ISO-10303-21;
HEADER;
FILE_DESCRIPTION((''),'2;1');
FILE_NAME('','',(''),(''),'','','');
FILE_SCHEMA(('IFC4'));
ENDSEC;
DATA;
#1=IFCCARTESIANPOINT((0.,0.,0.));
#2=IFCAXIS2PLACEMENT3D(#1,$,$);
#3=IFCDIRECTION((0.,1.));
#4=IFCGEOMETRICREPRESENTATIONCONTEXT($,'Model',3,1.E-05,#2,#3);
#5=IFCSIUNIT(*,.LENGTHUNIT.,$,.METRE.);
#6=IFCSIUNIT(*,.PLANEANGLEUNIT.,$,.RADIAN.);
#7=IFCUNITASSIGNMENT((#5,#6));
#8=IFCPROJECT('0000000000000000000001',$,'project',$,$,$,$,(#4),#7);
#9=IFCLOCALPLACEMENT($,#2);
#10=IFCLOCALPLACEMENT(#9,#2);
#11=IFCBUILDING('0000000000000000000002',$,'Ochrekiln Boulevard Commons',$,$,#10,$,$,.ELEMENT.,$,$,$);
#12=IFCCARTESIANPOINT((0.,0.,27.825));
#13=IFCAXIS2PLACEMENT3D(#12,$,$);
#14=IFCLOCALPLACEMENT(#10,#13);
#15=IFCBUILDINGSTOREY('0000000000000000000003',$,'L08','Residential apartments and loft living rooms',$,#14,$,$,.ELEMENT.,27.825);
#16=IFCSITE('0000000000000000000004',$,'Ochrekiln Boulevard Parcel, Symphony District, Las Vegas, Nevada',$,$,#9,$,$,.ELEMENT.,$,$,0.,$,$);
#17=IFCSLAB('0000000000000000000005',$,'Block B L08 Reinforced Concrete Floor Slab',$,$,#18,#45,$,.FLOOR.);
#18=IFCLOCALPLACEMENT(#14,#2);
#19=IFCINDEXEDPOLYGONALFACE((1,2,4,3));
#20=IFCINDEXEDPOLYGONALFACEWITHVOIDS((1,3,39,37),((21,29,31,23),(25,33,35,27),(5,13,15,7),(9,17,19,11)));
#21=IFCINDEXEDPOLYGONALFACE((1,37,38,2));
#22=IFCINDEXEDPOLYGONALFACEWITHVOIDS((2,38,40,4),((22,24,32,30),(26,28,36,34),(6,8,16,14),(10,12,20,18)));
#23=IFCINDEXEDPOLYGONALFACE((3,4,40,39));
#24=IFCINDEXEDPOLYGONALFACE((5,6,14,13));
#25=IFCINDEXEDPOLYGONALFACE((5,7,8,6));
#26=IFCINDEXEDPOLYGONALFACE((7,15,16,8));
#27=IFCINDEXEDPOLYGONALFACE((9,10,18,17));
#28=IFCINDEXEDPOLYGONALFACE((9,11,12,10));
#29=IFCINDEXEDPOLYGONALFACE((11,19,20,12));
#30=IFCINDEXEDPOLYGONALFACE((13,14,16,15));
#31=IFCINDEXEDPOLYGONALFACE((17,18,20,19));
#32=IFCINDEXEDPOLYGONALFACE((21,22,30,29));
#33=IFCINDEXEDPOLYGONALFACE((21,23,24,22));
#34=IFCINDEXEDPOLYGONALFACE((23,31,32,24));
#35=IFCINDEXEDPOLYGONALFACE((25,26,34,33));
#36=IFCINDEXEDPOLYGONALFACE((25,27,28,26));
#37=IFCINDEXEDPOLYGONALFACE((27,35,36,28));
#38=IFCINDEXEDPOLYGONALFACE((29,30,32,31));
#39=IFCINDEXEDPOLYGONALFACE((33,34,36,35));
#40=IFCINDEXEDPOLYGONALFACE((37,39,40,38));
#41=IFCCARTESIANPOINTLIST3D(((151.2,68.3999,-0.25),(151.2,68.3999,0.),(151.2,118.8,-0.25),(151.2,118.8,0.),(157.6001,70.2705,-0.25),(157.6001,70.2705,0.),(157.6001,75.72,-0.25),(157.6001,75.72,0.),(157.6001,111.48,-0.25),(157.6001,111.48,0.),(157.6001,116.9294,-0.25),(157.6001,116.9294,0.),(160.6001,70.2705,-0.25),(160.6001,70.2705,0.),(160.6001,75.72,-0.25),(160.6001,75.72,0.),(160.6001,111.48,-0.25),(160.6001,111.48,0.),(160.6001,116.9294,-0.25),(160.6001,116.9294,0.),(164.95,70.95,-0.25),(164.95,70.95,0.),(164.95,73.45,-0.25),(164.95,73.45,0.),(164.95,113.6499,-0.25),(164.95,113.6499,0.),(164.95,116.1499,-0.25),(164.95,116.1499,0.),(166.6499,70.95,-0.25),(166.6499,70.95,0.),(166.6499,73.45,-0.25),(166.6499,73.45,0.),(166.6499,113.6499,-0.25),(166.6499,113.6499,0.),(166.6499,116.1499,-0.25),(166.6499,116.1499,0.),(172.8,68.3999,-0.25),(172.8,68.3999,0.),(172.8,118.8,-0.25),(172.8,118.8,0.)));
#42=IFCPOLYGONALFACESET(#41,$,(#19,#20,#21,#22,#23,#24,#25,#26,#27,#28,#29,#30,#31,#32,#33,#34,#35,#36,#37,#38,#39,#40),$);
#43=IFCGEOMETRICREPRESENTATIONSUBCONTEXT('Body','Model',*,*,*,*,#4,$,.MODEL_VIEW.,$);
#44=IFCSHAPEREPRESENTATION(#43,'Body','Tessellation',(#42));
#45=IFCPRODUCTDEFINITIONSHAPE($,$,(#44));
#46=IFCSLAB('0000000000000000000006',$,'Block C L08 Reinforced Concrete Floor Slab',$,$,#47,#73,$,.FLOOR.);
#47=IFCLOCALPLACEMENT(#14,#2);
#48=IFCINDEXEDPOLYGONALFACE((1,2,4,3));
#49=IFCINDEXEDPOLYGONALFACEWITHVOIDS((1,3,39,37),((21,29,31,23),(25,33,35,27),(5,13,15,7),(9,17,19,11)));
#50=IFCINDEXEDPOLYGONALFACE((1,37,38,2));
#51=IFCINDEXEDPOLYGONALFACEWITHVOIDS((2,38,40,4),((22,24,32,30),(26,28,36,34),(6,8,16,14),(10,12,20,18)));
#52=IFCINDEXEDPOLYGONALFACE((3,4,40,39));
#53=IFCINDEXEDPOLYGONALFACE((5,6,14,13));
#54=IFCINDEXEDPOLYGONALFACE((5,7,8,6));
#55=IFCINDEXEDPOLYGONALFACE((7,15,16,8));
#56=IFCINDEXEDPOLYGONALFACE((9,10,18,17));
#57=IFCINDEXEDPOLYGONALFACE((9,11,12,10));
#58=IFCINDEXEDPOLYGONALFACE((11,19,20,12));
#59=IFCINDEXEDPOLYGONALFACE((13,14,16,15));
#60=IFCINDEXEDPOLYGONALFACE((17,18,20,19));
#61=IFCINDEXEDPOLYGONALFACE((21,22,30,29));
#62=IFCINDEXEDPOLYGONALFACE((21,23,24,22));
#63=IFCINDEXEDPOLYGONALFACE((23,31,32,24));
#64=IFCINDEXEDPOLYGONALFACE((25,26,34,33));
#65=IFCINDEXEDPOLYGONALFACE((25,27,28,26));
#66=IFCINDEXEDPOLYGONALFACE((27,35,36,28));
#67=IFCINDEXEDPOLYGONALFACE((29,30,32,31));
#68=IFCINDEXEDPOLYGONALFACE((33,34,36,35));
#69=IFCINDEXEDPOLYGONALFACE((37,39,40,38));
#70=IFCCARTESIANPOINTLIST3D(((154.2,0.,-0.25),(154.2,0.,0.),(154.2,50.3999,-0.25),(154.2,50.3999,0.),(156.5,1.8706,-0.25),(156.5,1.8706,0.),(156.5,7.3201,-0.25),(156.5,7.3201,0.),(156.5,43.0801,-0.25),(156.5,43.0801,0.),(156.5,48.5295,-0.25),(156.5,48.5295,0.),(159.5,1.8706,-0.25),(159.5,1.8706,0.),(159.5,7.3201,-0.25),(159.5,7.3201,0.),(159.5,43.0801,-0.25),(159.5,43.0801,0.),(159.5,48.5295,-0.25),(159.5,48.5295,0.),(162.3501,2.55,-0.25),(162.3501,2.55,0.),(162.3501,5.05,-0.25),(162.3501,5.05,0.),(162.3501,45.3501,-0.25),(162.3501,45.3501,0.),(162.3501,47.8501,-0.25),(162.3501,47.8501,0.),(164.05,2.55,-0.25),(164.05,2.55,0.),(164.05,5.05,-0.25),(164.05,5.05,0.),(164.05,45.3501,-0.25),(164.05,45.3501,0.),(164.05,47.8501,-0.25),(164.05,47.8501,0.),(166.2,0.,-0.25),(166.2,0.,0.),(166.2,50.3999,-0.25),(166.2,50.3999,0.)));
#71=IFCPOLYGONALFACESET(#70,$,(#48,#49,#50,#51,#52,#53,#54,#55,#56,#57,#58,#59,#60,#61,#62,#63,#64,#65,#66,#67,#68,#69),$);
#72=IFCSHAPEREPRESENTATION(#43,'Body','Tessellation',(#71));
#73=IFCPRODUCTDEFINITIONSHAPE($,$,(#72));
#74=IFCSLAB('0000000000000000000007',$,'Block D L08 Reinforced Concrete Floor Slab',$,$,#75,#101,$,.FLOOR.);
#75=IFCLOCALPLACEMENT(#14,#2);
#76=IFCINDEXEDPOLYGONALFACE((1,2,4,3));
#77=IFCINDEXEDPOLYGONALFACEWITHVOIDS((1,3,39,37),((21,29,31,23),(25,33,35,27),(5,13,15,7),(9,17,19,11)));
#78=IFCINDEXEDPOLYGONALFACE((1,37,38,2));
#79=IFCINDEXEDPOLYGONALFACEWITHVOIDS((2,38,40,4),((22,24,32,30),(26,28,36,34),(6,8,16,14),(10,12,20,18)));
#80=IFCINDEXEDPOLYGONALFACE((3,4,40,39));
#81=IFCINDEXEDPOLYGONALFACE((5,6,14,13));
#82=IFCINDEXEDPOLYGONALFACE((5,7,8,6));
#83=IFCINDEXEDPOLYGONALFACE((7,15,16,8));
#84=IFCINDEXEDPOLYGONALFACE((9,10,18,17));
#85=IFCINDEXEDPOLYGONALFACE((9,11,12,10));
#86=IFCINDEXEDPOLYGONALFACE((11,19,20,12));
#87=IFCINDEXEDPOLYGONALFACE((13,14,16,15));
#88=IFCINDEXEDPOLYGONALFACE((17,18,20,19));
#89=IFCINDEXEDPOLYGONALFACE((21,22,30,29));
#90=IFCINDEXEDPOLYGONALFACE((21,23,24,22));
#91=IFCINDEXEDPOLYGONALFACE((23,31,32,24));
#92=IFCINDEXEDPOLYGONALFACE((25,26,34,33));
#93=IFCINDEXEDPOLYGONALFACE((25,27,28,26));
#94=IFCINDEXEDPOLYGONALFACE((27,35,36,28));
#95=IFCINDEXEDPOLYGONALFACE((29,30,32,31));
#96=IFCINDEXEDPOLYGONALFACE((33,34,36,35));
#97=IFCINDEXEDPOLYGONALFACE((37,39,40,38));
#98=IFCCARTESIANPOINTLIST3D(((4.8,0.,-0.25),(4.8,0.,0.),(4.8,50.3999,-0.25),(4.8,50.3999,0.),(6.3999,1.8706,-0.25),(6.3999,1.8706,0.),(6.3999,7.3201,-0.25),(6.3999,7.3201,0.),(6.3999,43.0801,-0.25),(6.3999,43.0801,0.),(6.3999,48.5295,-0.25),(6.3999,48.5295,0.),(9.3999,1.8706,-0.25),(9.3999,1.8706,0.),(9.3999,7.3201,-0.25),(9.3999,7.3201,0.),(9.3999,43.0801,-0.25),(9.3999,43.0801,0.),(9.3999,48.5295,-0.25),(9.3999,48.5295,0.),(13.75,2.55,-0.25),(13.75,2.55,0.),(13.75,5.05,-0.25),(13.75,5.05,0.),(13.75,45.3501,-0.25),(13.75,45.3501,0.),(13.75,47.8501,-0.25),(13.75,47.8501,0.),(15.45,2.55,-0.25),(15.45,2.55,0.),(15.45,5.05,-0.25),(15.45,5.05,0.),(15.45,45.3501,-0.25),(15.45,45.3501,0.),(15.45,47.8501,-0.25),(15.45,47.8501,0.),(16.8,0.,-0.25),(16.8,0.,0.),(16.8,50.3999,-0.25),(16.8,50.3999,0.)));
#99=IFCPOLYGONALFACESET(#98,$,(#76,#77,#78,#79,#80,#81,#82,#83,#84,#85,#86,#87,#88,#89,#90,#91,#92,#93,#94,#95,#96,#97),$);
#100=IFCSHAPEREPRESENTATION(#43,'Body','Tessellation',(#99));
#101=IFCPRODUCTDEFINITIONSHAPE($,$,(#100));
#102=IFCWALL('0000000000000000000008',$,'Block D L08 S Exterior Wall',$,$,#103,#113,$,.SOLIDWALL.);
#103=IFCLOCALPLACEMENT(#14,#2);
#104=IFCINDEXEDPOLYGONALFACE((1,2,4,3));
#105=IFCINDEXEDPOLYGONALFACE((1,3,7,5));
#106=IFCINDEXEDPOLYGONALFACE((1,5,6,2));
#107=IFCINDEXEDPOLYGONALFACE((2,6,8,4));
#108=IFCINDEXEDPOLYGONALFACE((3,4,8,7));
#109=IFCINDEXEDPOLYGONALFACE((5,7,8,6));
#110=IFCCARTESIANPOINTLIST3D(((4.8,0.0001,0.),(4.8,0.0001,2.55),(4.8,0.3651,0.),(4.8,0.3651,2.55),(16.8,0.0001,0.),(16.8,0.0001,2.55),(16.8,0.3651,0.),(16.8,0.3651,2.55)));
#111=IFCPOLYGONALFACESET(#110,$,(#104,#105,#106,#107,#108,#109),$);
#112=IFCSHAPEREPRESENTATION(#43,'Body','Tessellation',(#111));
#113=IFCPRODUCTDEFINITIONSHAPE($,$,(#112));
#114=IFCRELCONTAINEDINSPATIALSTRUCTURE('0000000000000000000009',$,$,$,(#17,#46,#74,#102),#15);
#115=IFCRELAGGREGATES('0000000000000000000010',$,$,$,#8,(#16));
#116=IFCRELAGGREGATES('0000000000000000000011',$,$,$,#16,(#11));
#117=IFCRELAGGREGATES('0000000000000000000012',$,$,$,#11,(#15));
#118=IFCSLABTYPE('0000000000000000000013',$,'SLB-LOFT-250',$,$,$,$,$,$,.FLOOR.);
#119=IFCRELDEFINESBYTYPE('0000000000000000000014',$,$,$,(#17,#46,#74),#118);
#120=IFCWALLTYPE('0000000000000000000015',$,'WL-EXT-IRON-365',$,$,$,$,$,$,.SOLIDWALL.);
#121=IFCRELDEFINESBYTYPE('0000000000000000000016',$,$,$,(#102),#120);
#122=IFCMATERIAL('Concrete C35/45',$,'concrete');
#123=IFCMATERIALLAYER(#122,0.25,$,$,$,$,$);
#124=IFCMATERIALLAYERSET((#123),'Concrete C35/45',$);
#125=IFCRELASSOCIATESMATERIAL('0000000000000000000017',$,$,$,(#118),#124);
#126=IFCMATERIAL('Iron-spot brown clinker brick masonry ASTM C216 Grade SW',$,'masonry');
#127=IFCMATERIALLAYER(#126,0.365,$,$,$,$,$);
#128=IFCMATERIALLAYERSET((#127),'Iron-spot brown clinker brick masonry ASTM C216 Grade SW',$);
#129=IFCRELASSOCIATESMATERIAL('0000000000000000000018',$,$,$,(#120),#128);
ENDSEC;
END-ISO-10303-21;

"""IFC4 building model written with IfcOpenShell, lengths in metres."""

from ifc_helpers import new_model, si_unit, direction, frame, frame_2d, origin, place, context, subcontext, project, spatial, polyline, rectangle, outline, extrude, material, layer, layer_set, type_object, element, save


model = new_model("IFC4")

# Units and contexts
model_context = context("Model", 3, precision=1e-05, world=origin(), true_north=direction((0.0, 1.0)))
body_context = subcontext(model_context, "Body", "Model", "MODEL_VIEW")
ifc_project = project(units=[si_unit("LENGTHUNIT", "METRE"), si_unit("PLANEANGLEUNIT", "RADIAN")], contexts=[model_context])

# Site, building, storey
site_placement = place(None, origin())
site = spatial("IfcSite", under=ifc_project, at=site_placement, Name="Ochrekiln Boulevard Parcel, Symphony District, Las Vegas, Nevada", CompositionType="ELEMENT", RefElevation=0.0)
building_placement = place(site_placement, origin())
building = spatial("IfcBuilding", under=site, at=building_placement, Name="Ochrekiln Boulevard Commons", CompositionType="ELEMENT")
storey_placement = place(building_placement, frame((0.0, 0.0, 27.825)))
storey = spatial("IfcBuildingStorey", under=building, at=storey_placement, Name="L08", Description="Residential apartments and loft living rooms", CompositionType="ELEMENT", Elevation=27.825)

# Shared definitions
ifc_material_1 = material(Name="Concrete C35/45", Category="concrete")

# Slabs
ifc_layer_1 = layer(ifc_material_1, 0.25)
ifc_layer_set_1 = layer_set([ifc_layer_1], Name="Concrete C35/45")
slab_type_1 = type_object("IfcSlabType", Name="SLB-LOFT-250", PredefinedType="FLOOR", material=ifc_layer_set_1)
slab_1_placement = place(storey_placement, frame((0.0, 0.0, -0.25)))
element("IfcSlab", 1, at=slab_1_placement, inside=storey, type_object=slab_type_1, Name="Block B L08 Reinforced Concrete Floor Slab", PredefinedType="FLOOR", context=body_context, shape_type="SweptSolid", body=[
    extrude(outline(polyline([(151.2, 68.3999), (172.8, 68.3999), (172.8, 118.8), (151.2, 118.8), (151.2, 68.3999)]), holes=[polyline([(160.6001, 70.2705), (160.6001, 75.72), (157.6001, 75.72), (157.6001, 70.2705), (160.6001, 70.2705)]), polyline([(157.6001, 116.9294), (157.6001, 111.48), (160.6001, 111.48), (160.6001, 116.9294), (157.6001, 116.9294)]), polyline([(164.95, 70.95), (166.6499, 70.95), (166.6499, 73.45), (164.95, 73.45), (164.95, 70.95)]), polyline([(164.95, 113.6499), (166.6499, 113.6499), (166.6499, 116.1499), (164.95, 116.1499), (164.95, 113.6499)])]), origin(), (0.0, 0.0, 1.0), 0.25),
])
slab_2_placement = place(storey_placement, frame((0.0, 0.0, -0.25)))
element("IfcSlab", 2, at=slab_2_placement, inside=storey, type_object=slab_type_1, Name="Block C L08 Reinforced Concrete Floor Slab", PredefinedType="FLOOR", context=body_context, shape_type="SweptSolid", body=[
    extrude(outline(polyline([(154.2, 0.0), (166.2, 0.0), (166.2, 50.3999), (154.2, 50.3999), (154.2, 0.0)]), holes=[polyline([(159.5, 1.8706), (159.5, 7.3201), (156.5, 7.3201), (156.5, 1.8706), (159.5, 1.8706)]), polyline([(156.5, 48.5295), (156.5, 43.0801), (159.5, 43.0801), (159.5, 48.5295), (156.5, 48.5295)]), polyline([(162.3501, 2.55), (164.05, 2.55), (164.05, 5.05), (162.3501, 5.05), (162.3501, 2.55)]), polyline([(162.3501, 45.3501), (164.05, 45.3501), (164.05, 47.8501), (162.3501, 47.8501), (162.3501, 45.3501)])]), origin(), (0.0, 0.0, 1.0), 0.25),
])
slab_3_placement = place(storey_placement, frame((0.0, 0.0, -0.25)))
element("IfcSlab", 3, at=slab_3_placement, inside=storey, type_object=slab_type_1, Name="Block D L08 Reinforced Concrete Floor Slab", PredefinedType="FLOOR", context=body_context, shape_type="SweptSolid", body=[
    extrude(outline(polyline([(4.8, 0.0), (16.8, 0.0), (16.8, 50.3999), (4.8, 50.3999), (4.8, 0.0)]), holes=[polyline([(9.3999, 1.8706), (9.3999, 7.3201), (6.3999, 7.3201), (6.3999, 1.8706), (9.3999, 1.8706)]), polyline([(6.3999, 48.5295), (6.3999, 43.0801), (9.3999, 43.0801), (9.3999, 48.5295), (6.3999, 48.5295)]), polyline([(13.75, 2.55), (15.45, 2.55), (15.45, 5.05), (13.75, 5.05), (13.75, 2.55)]), polyline([(13.75, 45.3501), (15.45, 45.3501), (15.45, 47.8501), (13.75, 47.8501), (13.75, 45.3501)])]), origin(), (0.0, 0.0, 1.0), 0.25),
])

# Wall
ifc_material_2 = material(Name="Iron-spot brown clinker brick masonry ASTM C216 Grade SW", Category="masonry")
ifc_layer_2 = layer(ifc_material_2, 0.365)
ifc_layer_set_2 = layer_set([ifc_layer_2], Name="Iron-spot brown clinker brick masonry ASTM C216 Grade SW")
wall_type_1 = type_object("IfcWallType", Name="WL-EXT-IRON-365", PredefinedType="SOLIDWALL", material=ifc_layer_set_2)
wall_1_placement = place(storey_placement, frame((4.8, 0.1826, 0.0), z_axis=(0.0, 0.0, 1.0), x_axis=(1.0, 0.0, 0.0)))
element("IfcWall", 4, at=wall_1_placement, inside=storey, type_object=wall_type_1, Name="Block D L08 S Exterior Wall", PredefinedType="SOLIDWALL", context=body_context, shape_type="SweptSolid", body=[
    extrude(rectangle(XDim=12.0, YDim=0.365, at=frame_2d((6.0, 0.0))), origin(), (0.0, 0.0, 1.0), 2.55),
])

save(model, "model.ifc")
